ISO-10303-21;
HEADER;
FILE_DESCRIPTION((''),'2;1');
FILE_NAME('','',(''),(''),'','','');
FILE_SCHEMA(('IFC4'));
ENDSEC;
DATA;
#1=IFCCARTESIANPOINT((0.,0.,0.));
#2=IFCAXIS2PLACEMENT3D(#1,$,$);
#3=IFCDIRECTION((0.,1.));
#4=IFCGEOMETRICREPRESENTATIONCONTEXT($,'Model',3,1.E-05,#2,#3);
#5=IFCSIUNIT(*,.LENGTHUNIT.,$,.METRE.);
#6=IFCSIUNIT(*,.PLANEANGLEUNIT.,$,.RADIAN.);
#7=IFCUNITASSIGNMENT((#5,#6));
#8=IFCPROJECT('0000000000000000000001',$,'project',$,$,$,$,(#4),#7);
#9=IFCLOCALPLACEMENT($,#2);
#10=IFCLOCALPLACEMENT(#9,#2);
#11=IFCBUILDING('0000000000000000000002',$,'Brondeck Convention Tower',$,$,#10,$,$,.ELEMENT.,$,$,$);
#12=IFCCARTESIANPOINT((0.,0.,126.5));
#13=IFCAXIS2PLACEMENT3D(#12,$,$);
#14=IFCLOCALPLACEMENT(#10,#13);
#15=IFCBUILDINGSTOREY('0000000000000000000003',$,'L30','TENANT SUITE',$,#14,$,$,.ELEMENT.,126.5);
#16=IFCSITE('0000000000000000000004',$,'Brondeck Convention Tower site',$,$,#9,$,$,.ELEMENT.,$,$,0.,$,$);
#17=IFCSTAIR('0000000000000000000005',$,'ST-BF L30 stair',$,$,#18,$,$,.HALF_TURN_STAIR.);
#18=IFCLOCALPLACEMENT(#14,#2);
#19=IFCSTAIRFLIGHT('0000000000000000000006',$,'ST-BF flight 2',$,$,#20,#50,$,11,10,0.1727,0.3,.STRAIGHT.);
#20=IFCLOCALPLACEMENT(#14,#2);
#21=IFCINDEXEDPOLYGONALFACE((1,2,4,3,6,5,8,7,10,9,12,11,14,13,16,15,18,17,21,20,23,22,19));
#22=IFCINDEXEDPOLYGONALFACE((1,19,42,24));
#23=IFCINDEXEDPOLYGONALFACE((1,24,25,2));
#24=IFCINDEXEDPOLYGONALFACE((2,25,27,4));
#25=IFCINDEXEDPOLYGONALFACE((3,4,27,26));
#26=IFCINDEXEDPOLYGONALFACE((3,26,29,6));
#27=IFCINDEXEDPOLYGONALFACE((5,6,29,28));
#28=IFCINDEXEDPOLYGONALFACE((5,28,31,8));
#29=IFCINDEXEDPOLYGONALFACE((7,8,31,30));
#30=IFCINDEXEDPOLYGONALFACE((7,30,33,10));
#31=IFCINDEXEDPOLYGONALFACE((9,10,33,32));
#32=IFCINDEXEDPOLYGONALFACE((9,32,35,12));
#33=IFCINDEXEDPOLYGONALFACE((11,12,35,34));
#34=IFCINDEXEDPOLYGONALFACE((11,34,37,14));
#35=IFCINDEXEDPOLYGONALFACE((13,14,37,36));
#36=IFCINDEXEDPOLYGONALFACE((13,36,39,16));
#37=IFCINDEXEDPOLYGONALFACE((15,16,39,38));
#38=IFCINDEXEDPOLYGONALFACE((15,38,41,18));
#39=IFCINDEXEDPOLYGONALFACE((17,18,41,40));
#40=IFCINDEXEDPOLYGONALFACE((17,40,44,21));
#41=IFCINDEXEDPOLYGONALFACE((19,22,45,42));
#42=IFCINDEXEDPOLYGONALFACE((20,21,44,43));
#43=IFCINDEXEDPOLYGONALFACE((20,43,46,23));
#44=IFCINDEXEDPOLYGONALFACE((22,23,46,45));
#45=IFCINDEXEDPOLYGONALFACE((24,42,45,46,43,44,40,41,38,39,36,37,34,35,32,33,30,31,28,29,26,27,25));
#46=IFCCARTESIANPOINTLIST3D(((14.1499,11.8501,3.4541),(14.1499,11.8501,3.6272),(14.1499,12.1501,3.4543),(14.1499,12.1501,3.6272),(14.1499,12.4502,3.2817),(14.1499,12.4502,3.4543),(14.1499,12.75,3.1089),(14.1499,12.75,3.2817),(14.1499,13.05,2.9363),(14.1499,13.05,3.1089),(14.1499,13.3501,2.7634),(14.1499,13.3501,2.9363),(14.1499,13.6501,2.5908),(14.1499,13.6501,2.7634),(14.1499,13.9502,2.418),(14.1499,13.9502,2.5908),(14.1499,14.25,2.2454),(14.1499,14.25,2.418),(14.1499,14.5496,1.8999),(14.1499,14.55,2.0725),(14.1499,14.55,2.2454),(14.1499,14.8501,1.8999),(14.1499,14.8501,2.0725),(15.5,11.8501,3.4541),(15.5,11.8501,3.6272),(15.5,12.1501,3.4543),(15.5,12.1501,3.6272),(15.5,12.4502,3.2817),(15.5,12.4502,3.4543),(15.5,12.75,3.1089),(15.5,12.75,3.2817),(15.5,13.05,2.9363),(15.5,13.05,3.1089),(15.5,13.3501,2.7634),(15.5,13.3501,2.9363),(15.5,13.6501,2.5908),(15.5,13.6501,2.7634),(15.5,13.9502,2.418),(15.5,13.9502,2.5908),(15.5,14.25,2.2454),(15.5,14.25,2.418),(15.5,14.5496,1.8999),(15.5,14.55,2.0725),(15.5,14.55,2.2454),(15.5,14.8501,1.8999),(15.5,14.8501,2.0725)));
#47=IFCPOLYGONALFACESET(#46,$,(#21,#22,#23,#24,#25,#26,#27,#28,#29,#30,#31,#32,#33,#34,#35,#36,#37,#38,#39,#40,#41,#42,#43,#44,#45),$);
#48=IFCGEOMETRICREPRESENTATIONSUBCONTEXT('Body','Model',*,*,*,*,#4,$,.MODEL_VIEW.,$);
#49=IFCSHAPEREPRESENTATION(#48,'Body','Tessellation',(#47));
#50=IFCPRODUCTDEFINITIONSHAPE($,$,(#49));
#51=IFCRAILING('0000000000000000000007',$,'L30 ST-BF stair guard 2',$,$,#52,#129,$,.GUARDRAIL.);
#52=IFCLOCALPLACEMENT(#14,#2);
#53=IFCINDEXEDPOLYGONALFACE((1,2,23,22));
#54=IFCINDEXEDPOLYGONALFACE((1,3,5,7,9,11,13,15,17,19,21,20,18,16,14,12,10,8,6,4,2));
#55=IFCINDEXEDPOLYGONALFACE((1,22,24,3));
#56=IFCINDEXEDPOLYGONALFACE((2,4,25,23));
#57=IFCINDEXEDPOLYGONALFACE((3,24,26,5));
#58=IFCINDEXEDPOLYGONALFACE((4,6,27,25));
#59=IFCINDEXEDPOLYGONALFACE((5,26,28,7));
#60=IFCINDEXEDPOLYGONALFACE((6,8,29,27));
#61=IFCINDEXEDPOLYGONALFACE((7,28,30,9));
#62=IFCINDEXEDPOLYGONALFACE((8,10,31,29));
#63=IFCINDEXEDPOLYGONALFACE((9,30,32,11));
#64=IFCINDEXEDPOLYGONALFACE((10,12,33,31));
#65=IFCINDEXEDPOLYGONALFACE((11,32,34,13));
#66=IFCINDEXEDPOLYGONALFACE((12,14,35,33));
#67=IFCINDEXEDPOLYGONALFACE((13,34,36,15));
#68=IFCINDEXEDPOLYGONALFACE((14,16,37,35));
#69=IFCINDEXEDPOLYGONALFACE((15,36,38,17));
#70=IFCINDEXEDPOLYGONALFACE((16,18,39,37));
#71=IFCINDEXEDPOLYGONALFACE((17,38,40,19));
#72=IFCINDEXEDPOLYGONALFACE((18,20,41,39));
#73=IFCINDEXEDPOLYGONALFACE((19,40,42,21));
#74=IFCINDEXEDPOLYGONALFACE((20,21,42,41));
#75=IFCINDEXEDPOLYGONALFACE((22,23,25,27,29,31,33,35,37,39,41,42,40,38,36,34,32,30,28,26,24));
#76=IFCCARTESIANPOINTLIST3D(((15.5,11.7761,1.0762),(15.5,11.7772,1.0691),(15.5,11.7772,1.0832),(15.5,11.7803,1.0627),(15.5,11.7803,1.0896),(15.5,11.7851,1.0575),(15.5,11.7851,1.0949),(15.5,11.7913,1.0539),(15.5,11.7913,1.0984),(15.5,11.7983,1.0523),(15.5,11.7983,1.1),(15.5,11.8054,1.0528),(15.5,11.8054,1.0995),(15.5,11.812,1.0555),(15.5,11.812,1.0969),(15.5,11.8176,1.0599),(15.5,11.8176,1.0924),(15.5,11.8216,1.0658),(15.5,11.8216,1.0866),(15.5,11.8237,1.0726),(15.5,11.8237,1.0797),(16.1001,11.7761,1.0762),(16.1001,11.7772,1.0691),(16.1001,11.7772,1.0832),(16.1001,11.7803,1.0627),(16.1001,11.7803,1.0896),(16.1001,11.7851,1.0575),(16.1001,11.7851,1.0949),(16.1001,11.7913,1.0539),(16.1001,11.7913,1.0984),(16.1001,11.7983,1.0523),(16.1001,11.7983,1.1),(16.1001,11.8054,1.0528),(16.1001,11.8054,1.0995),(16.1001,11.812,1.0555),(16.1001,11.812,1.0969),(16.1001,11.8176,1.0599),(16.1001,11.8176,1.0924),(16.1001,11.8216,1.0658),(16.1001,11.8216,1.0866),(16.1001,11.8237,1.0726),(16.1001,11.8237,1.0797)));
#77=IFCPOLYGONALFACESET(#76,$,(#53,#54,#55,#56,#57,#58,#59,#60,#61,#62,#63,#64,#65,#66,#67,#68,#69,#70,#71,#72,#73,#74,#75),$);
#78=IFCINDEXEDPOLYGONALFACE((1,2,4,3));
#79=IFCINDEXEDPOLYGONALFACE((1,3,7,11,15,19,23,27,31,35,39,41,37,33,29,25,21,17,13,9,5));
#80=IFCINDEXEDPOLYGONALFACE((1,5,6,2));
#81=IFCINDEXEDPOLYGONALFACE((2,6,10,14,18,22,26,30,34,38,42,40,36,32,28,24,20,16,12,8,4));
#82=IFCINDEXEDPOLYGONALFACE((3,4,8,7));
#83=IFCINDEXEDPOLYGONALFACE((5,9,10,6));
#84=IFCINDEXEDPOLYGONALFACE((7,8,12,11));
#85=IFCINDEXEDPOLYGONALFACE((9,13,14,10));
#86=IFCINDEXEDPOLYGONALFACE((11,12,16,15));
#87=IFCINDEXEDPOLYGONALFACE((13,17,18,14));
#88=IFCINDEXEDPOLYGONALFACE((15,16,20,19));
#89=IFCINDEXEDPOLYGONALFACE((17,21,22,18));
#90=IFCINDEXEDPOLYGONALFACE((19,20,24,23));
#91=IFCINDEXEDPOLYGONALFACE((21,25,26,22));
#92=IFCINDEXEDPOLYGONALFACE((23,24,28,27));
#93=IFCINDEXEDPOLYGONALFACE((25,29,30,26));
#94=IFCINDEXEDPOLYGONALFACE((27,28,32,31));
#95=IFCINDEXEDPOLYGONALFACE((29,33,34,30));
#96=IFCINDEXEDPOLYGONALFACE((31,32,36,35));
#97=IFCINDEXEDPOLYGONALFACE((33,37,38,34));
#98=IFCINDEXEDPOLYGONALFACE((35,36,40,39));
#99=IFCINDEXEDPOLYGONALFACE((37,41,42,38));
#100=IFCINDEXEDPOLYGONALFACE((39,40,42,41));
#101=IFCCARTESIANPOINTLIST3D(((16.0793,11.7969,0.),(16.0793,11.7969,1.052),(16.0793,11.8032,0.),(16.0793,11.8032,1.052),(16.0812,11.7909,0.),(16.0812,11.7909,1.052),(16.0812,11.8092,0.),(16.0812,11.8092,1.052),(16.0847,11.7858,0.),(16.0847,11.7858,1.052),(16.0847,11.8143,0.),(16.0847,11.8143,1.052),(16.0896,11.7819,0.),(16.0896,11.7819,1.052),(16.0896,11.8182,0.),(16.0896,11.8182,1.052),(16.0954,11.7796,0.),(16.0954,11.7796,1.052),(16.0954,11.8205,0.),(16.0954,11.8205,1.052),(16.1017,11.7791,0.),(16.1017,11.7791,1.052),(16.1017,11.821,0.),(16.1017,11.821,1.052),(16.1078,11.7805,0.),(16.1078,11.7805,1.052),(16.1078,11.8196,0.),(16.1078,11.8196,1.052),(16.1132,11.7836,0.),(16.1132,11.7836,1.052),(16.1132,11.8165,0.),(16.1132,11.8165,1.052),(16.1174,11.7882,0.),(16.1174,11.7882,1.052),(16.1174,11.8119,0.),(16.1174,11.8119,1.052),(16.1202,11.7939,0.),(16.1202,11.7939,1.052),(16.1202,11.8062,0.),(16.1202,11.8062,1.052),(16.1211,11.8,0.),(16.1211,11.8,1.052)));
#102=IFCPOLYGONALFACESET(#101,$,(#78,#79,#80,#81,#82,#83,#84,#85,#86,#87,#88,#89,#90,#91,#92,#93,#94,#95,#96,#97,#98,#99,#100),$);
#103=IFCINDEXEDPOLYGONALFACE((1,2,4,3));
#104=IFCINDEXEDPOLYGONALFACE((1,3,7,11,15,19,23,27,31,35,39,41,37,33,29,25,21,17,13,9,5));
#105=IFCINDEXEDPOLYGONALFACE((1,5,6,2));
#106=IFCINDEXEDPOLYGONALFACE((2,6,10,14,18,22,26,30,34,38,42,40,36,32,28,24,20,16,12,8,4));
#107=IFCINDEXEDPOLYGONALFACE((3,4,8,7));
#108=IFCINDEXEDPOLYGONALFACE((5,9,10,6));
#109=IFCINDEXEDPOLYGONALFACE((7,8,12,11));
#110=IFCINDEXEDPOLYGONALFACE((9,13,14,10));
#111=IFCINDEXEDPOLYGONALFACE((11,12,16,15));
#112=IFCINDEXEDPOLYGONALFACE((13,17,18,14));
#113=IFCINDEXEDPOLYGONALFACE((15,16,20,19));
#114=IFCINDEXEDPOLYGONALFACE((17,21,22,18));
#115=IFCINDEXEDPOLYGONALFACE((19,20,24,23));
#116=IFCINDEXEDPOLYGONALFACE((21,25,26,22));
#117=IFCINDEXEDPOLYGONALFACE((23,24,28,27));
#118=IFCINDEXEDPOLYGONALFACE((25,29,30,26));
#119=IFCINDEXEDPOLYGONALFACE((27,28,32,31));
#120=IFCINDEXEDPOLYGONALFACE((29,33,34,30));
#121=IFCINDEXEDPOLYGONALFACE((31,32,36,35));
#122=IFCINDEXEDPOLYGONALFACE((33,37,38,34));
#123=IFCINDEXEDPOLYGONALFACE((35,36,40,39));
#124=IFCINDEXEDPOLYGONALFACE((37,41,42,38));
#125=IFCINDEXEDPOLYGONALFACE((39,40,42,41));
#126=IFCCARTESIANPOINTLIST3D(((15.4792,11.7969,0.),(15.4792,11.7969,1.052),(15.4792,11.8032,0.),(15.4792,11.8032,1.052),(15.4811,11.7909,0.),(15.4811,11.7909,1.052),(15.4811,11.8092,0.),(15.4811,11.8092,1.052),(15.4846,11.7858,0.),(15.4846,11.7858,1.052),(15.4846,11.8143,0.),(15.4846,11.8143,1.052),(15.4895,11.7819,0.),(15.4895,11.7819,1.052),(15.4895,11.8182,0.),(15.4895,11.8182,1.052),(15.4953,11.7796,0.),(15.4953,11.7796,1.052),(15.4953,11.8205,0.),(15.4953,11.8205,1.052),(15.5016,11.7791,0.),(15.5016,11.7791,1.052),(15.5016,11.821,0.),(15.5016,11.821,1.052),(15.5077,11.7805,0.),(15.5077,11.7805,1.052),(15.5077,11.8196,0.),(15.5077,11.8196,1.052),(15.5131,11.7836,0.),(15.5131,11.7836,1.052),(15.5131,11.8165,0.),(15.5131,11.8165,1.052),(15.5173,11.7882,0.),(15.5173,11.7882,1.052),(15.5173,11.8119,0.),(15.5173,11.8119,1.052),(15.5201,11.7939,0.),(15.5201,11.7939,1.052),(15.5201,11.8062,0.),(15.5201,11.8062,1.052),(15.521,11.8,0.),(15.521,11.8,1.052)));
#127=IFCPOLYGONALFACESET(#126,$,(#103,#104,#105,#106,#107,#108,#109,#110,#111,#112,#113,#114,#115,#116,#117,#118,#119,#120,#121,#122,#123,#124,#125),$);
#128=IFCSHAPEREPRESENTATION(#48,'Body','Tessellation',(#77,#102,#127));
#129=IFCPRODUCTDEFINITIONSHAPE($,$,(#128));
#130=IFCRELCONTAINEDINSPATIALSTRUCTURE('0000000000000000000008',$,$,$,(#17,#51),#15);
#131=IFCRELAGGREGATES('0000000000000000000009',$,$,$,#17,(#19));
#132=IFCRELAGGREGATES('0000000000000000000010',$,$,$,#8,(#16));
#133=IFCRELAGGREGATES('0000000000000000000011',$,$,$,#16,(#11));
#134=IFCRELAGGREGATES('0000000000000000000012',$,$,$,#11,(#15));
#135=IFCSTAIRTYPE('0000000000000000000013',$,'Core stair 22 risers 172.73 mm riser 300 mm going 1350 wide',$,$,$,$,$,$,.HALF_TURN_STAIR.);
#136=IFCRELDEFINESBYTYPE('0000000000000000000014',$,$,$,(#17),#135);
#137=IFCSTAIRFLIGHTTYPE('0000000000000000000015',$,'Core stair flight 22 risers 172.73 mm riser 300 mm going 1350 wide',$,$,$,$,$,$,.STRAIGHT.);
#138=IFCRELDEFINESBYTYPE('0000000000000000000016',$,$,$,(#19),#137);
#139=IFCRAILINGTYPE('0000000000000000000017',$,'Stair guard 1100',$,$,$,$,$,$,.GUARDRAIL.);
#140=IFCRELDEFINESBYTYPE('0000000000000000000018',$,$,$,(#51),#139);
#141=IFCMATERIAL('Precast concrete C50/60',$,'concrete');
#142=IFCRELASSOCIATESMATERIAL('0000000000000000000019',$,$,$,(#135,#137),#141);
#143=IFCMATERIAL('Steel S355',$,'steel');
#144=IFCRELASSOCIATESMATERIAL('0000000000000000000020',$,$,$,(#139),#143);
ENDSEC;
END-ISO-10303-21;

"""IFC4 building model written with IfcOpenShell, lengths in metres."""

from ifc_helpers import new_model, si_unit, direction, frame, origin, origin_2d, place, context, subcontext, project, spatial, polyline, circle, outline, extrude, material, type_object, element, aggregate, save


model = new_model("IFC4")

# Units and contexts
model_context = context("Model", 3, precision=1e-05, world=origin(), true_north=direction((0.0, 1.0)))
body_context = subcontext(model_context, "Body", "Model", "MODEL_VIEW")
ifc_project = project(units=[si_unit("LENGTHUNIT", "METRE"), si_unit("PLANEANGLEUNIT", "RADIAN")], contexts=[model_context])

# Site, building, storey
site_placement = place(None, origin())
site = spatial("IfcSite", under=ifc_project, at=site_placement, Name="Brondeck Convention Tower site", CompositionType="ELEMENT", RefElevation=0.0)
building_placement = place(site_placement, origin())
building = spatial("IfcBuilding", under=site, at=building_placement, Name="Brondeck Convention Tower", CompositionType="ELEMENT")
storey_placement = place(building_placement, frame((0.0, 0.0, 126.5)))
storey = spatial("IfcBuildingStorey", under=building, at=storey_placement, Name="L30", Description="TENANT SUITE", CompositionType="ELEMENT", Elevation=126.5)

# Shared definitions
ifc_material_1 = material(Name="Steel S355", Category="steel")

# Stair, stair flight
ifc_material_2 = material(Name="Precast concrete C50/60", Category="concrete")
stair_type = type_object("IfcStairType", Name="Core stair 22 risers 172.73 mm riser 300 mm going 1350 wide", PredefinedType="HALF_TURN_STAIR", material=ifc_material_2)
stair_placement = place(storey_placement, origin())
stair = element("IfcStair", 1, at=stair_placement, inside=storey, type_object=stair_type, Name="ST-BF L30 stair", PredefinedType="HALF_TURN_STAIR")
stair_flight_type = type_object("IfcStairFlightType", Name="Core stair flight 22 risers 172.73 mm riser 300 mm going 1350 wide", PredefinedType="STRAIGHT", material=ifc_material_2)
stair_flight_1_placement = place(storey_placement, frame((14.825, 14.8501, 1.8999), z_axis=(0.0, 0.0, 1.0), x_axis=(0.0, -1.0, 0.0)))
stair_flight_1 = element("IfcStairFlight", 2, at=stair_flight_1_placement, type_object=stair_flight_type, Name="ST-BF flight 2", NumberOfRisers=11, NumberOfTreads=10, PredefinedType="STRAIGHT", RiserHeight=0.1727, TreadLength=0.3, context=body_context, shape_type="SweptSolid", body=[
    extrude(outline(polyline([(0.0, 0.0), (0.0, 0.1726), (0.3, 0.1726), (0.3, 0.3455), (0.6001, 0.3455), (0.6001, 0.5181), (0.8999, 0.5181), (0.8999, 0.6909), (1.2, 0.6909), (1.2, 0.8635), (1.5, 0.8635), (1.5, 1.0364), (1.8, 1.0364), (1.8, 1.209), (2.1001, 1.209), (2.1001, 1.3818), (2.3999, 1.3818), (2.3999, 1.5544), (2.7, 1.5544), (2.7, 1.7273), (3.0, 1.7273), (3.0, 1.8999), (3.0, 1.5542), (0.3005, 0.0), (0.0, 0.0)])), frame((0.0, 0.675, 0.0), z_axis=(0.0, -1.0, 0.0), x_axis=(1.0, 0.0, 0.0)), (0.0, 0.0, 1.0), 1.3501),
])
aggregate(stair, [stair_flight_1])

# Railing
railing_type_1 = type_object("IfcRailingType", Name="Stair guard 1100", PredefinedType="GUARDRAIL", material=ifc_material_1)
railing_1_placement = place(storey_placement, frame((16.1001, 11.8, 0.0)))
element("IfcRailing", 3, at=railing_1_placement, inside=storey, type_object=railing_type_1, Name="L30 ST-BF stair guard 2", PredefinedType="GUARDRAIL", context=body_context, shape_type="SweptSolid", body=[
    extrude(circle(Radius=0.0239, at=origin_2d()), frame((0.0, 0.0, 1.0762), z_axis=(-1.0, 0.0, 0.0), x_axis=(0.0, -1.0, 0.0)), (0.0, 0.0, 1.0), 0.6001),
    extrude(circle(Radius=0.021, at=origin_2d()), origin(), (0.0, 0.0, 1.0), 1.052),
    extrude(circle(Radius=0.021, at=origin_2d()), frame((-0.6001, 0.0, 0.0)), (0.0, 0.0, 1.0), 1.052),
])

save(model, "model.ifc")
